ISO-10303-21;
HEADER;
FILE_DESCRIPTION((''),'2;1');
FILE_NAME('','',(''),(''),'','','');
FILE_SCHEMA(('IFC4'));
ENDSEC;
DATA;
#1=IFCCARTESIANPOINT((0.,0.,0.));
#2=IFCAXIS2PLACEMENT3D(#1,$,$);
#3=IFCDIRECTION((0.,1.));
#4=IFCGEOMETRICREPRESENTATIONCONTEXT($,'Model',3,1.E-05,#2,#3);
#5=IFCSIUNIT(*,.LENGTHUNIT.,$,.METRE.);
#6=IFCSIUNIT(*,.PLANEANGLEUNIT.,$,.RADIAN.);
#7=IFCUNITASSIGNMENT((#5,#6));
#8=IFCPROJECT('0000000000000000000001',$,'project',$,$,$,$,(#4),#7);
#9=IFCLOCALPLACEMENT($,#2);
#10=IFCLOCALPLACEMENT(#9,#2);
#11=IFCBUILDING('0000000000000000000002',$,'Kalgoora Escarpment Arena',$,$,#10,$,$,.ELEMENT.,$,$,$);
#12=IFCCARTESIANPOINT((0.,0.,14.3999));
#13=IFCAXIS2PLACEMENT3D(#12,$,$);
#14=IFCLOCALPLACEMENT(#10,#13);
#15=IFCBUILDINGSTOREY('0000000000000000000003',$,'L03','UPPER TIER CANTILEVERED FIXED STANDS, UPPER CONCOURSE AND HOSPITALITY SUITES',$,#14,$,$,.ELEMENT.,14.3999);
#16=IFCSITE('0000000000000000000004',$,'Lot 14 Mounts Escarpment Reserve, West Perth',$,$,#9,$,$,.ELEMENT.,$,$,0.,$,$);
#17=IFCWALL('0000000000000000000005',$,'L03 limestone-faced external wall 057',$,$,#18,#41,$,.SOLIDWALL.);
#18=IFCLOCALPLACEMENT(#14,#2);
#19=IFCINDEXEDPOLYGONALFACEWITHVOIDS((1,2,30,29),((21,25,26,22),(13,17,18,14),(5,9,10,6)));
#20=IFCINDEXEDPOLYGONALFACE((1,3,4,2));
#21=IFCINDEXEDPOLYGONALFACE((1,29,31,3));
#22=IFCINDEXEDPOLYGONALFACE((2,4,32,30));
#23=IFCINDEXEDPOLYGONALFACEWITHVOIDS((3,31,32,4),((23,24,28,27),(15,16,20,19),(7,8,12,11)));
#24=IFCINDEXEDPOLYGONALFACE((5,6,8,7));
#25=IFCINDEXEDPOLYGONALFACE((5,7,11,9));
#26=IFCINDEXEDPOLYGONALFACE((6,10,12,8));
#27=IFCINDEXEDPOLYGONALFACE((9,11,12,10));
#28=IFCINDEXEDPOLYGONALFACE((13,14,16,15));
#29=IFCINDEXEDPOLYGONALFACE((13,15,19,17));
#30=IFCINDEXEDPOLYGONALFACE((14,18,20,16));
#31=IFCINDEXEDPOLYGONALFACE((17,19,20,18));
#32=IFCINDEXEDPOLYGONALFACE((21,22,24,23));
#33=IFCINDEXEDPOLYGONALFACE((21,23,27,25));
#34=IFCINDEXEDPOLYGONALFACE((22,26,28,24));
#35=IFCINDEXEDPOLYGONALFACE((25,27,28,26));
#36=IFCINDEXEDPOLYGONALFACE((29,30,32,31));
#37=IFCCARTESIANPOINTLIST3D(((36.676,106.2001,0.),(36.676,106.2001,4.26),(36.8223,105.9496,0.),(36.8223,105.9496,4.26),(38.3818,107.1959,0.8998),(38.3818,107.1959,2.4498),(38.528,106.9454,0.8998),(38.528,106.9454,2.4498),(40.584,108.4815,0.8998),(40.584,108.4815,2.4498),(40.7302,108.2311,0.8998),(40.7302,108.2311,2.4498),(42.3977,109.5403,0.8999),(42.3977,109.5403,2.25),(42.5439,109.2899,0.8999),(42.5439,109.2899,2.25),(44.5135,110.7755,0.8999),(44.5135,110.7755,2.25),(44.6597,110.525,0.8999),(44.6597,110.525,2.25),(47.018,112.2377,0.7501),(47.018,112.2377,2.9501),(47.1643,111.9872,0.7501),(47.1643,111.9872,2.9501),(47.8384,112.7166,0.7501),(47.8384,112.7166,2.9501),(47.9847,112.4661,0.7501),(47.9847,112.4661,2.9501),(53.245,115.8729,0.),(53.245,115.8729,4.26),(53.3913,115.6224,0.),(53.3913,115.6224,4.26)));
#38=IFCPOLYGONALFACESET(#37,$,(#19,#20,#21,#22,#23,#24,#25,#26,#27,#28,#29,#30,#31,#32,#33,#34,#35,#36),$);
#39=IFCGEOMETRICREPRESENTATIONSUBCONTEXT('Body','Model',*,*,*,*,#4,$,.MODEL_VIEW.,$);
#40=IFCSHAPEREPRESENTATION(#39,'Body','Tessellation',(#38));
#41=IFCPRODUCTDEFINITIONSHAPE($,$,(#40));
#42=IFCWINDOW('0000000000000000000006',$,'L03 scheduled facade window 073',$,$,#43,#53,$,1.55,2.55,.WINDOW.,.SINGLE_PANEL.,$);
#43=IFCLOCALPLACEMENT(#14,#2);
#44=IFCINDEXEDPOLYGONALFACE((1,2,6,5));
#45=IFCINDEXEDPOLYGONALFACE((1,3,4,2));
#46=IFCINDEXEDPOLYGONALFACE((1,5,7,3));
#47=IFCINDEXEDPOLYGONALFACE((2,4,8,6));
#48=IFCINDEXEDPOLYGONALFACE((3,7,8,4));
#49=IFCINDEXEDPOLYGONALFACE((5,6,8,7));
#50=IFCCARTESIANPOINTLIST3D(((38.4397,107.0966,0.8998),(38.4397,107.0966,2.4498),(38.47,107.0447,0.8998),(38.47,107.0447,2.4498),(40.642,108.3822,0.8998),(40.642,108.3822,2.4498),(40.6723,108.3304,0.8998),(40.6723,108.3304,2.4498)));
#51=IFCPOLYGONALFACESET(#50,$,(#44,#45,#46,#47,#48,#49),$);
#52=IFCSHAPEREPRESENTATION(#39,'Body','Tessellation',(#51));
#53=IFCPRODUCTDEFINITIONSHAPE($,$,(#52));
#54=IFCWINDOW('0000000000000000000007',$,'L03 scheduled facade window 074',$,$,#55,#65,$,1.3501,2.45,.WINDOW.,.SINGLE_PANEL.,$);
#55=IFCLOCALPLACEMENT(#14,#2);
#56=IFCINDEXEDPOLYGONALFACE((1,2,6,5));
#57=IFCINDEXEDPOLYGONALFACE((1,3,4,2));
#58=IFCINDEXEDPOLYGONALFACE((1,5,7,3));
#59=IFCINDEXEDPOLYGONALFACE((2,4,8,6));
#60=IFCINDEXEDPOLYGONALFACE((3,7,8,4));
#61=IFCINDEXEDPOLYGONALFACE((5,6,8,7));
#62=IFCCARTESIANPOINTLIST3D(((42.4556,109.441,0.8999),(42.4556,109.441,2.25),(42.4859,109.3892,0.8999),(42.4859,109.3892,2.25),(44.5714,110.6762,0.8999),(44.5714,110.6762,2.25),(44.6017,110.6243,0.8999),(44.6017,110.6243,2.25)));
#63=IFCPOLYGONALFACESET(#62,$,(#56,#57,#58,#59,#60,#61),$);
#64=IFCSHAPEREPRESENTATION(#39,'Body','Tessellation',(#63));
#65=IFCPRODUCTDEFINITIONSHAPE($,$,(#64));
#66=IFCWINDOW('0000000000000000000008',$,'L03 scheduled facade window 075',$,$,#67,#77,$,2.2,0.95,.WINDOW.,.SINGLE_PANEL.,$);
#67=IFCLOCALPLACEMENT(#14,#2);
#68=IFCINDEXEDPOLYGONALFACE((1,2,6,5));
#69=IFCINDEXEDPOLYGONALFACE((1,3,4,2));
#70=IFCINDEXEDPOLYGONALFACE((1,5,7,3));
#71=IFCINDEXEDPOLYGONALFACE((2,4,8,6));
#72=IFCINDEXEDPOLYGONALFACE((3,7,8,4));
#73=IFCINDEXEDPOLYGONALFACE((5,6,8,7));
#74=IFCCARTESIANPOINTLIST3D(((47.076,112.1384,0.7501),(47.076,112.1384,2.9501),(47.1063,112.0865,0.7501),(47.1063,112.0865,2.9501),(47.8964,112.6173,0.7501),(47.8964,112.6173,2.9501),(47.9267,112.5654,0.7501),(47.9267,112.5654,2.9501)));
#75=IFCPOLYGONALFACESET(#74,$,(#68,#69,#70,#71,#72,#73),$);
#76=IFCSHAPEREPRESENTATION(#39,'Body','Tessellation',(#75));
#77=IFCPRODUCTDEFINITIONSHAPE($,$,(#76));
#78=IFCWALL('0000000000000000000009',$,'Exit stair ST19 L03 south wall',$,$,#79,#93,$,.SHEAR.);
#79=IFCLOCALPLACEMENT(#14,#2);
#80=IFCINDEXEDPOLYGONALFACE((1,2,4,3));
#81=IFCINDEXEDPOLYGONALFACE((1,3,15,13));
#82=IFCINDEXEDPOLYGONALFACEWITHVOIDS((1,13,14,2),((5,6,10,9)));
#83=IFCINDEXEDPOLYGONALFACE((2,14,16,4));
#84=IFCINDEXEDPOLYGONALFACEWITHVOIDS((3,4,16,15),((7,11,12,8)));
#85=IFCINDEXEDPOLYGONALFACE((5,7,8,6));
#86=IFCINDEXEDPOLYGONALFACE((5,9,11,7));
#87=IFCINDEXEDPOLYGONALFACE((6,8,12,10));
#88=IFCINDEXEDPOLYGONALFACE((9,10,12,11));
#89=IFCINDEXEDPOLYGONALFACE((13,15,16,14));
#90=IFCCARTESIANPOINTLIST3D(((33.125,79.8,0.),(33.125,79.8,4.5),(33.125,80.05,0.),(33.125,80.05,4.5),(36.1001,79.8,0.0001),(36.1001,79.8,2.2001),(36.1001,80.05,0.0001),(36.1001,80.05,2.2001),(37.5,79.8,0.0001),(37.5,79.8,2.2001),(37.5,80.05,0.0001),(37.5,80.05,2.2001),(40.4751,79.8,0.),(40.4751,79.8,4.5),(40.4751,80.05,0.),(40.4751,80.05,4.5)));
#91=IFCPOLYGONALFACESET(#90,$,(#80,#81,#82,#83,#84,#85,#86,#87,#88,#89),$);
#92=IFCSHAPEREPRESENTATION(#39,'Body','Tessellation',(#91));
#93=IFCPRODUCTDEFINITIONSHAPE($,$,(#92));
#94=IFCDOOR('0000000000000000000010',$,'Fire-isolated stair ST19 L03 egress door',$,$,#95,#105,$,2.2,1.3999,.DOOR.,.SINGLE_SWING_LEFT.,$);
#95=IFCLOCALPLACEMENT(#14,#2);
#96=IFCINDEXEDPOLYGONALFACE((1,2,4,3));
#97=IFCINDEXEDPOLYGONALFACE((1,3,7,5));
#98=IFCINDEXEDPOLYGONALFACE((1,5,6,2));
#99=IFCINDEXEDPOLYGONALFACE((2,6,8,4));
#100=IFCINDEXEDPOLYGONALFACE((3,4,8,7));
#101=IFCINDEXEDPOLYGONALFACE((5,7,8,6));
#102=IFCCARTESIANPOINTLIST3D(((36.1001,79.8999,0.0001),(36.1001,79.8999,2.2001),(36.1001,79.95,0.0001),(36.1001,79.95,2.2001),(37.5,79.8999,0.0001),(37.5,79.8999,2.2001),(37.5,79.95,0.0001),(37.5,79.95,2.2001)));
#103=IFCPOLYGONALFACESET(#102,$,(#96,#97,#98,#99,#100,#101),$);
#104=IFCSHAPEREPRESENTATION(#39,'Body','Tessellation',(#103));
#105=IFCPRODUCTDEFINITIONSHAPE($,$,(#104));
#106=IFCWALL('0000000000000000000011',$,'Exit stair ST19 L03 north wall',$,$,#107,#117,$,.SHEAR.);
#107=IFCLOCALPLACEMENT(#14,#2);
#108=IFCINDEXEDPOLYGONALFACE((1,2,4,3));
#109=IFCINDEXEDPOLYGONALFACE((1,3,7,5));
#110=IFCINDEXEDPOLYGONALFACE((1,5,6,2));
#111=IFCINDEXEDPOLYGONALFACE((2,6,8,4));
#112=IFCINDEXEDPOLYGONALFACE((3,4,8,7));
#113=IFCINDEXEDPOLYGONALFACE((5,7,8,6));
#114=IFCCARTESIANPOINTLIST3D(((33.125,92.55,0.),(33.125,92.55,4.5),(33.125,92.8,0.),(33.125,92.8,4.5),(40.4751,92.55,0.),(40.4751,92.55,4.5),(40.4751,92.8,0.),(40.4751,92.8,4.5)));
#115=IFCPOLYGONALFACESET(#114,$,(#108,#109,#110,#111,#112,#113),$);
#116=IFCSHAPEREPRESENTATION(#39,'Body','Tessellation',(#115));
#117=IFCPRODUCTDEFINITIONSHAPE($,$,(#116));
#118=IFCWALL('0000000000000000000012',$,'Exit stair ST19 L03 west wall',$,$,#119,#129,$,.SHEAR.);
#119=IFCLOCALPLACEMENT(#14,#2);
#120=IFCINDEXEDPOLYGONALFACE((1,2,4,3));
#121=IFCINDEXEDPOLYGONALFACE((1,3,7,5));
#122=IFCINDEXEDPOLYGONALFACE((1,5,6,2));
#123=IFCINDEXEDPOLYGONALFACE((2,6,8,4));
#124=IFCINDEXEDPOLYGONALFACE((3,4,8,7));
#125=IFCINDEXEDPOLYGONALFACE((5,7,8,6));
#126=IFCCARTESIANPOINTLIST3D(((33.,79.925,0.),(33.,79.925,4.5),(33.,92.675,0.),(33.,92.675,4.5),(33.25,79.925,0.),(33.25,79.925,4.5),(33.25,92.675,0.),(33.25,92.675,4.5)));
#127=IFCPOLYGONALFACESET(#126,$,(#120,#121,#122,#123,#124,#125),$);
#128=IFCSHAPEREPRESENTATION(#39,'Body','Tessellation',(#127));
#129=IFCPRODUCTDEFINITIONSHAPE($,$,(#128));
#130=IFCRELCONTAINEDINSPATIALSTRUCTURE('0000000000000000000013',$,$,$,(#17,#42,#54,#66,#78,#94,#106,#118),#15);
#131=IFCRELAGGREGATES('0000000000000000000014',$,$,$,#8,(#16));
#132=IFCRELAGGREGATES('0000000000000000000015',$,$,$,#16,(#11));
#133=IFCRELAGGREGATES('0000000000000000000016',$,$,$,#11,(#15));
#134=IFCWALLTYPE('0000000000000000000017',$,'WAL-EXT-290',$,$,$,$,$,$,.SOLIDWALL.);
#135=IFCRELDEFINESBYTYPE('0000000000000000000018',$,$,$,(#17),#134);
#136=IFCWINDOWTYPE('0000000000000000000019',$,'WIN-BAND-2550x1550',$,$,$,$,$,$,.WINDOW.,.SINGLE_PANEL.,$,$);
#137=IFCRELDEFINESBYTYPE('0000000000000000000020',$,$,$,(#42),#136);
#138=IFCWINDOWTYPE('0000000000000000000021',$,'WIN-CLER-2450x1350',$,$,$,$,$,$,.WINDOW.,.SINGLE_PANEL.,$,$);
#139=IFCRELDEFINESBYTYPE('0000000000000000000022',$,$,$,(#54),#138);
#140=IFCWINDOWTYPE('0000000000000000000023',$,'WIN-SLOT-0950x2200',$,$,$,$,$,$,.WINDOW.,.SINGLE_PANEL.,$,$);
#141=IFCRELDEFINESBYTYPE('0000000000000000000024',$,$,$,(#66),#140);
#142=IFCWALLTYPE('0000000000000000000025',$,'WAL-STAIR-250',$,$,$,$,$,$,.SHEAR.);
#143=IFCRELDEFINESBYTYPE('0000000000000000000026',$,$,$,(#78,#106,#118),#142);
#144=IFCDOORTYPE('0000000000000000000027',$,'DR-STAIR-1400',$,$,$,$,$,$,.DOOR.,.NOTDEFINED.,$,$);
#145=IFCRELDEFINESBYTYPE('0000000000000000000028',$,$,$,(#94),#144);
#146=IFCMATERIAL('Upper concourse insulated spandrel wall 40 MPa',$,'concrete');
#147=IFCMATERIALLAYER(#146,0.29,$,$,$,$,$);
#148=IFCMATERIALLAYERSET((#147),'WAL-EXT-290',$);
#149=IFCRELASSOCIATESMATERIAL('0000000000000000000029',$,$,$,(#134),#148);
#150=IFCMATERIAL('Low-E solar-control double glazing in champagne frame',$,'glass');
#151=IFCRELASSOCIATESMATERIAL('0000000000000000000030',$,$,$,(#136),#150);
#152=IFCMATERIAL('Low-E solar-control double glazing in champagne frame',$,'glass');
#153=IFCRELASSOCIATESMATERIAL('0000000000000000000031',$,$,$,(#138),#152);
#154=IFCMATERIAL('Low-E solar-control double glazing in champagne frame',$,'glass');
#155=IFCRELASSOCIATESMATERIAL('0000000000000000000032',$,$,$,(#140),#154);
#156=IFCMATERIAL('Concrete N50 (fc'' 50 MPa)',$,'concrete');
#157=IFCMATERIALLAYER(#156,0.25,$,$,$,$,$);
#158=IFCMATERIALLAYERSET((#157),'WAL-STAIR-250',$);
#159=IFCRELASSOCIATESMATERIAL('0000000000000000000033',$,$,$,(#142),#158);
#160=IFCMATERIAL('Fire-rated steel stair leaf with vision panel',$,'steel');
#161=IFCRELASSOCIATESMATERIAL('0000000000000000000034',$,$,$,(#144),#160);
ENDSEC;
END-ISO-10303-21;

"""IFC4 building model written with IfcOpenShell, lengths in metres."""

from ifc_helpers import new_model, si_unit, direction, frame, frame_2d, origin, place, context, subcontext, project, spatial, rectangle, extrude, material, layer, layer_set, type_object, element, fill, save


model = new_model("IFC4")

# Units and contexts
model_context = context("Model", 3, precision=1e-05, world=origin(), true_north=direction((0.0, 1.0)))
body_context = subcontext(model_context, "Body", "Model", "MODEL_VIEW")
ifc_project = project(units=[si_unit("LENGTHUNIT", "METRE"), si_unit("PLANEANGLEUNIT", "RADIAN")], contexts=[model_context])

# Site, building, storey
site_placement = place(None, origin())
site = spatial("IfcSite", under=ifc_project, at=site_placement, Name="Lot 14 Mounts Escarpment Reserve, West Perth", CompositionType="ELEMENT", RefElevation=0.0)
building_placement = place(site_placement, origin())
building = spatial("IfcBuilding", under=site, at=building_placement, Name="Kalgoora Escarpment Arena", CompositionType="ELEMENT")
storey_placement = place(building_placement, frame((0.0, 0.0, 14.3999)))
storey = spatial("IfcBuildingStorey", under=building, at=storey_placement, Name="L03", Description="UPPER TIER CANTILEVERED FIXED STANDS, UPPER CONCOURSE AND HOSPITALITY SUITES", CompositionType="ELEMENT", Elevation=14.3999)

# Wall, openings, windows
ifc_material_1 = material(Name="Upper concourse insulated spandrel wall 40 MPa", Category="concrete")
ifc_layer_1 = layer(ifc_material_1, 0.29)
ifc_layer_set_1 = layer_set([ifc_layer_1], Name="WAL-EXT-290")
wall_type_1 = type_object("IfcWallType", Name="WAL-EXT-290", PredefinedType="SOLIDWALL", material=ifc_layer_set_1)
wall_1_placement = place(storey_placement, frame((36.7493, 106.075, 0.0), z_axis=(0.0, 0.0, 1.0), x_axis=(0.863608, 0.504165, 0.0)))
wall_1 = element("IfcWall", 1, at=wall_1_placement, inside=storey, type_object=wall_type_1, Name="L03 limestone-faced external wall 057", PredefinedType="SOLIDWALL", context=body_context, shape_type="SweptSolid", body=[
    extrude(rectangle(XDim=19.1858, YDim=0.29, at=frame_2d((9.5928, 0.0))), origin(), (0.0, 0.0, 1.0), 4.26),
])
opening_1_placement = place(wall_1_placement, frame((1.9751, 0.0, 0.8999)))
opening_1 = element("IfcOpeningElement", 2, at=opening_1_placement, cuts=wall_1, PredefinedType="OPENING", context=body_context, shape_type="SweptSolid", body=[
    extrude(rectangle(XDim=2.55, YDim=1.55, at=frame_2d((1.2749, 0.7749))), frame((0.0, 0.155, 0.0), z_axis=(0.0, -1.0, 0.0), x_axis=(1.0, 0.0, 0.0)), (0.0, 0.0, 1.0), 0.3101),
])
opening_2_placement = place(wall_1_placement, frame((6.625, 0.0, 0.8999)))
opening_2 = element("IfcOpeningElement", 3, at=opening_2_placement, cuts=wall_1, PredefinedType="OPENING", context=body_context, shape_type="SweptSolid", body=[
    extrude(rectangle(XDim=2.45, YDim=1.3501, at=frame_2d((1.2251, 0.675))), frame((0.0, 0.155, 0.0), z_axis=(0.0, -1.0, 0.0), x_axis=(1.0, 0.0, 0.0)), (0.0, 0.0, 1.0), 0.3101),
])
opening_3_placement = place(wall_1_placement, frame((11.9751, 0.0, 0.75)))
opening_3 = element("IfcOpeningElement", 4, at=opening_3_placement, cuts=wall_1, PredefinedType="OPENING", context=body_context, shape_type="SweptSolid", body=[
    extrude(rectangle(XDim=0.95, YDim=2.2, at=frame_2d((0.4751, 1.1001))), frame((0.0, 0.155, 0.0), z_axis=(0.0, -1.0, 0.0), x_axis=(1.0, 0.0, 0.0)), (0.0, 0.0, 1.0), 0.3101),
])
ifc_material_2 = material(Name="Low-E solar-control double glazing in champagne frame", Category="glass")
window_type_1 = type_object("IfcWindowType", Name="WIN-BAND-2550x1550", PartitioningType="SINGLE_PANEL", PredefinedType="WINDOW", material=ifc_material_2)
window_1_placement = place(opening_1_placement, origin())
window_1 = element("IfcWindow", 5, at=window_1_placement, inside=storey, type_object=window_type_1, Name="L03 scheduled facade window 073", OverallHeight=1.55, OverallWidth=2.55, PartitioningType="SINGLE_PANEL", PredefinedType="WINDOW", context=body_context, shape_type="SweptSolid", body=[
    extrude(rectangle(XDim=2.55, YDim=1.55, at=frame_2d((1.2749, 0.7749))), frame((0.0, 0.03, 0.0), z_axis=(0.0, -1.0, 0.0), x_axis=(1.0, 0.0, 0.0)), (0.0, 0.0, 1.0), 0.0601),
])
fill(opening_1, window_1)
ifc_material_3 = material(Name="Low-E solar-control double glazing in champagne frame", Category="glass")
window_type_2 = type_object("IfcWindowType", Name="WIN-CLER-2450x1350", PartitioningType="SINGLE_PANEL", PredefinedType="WINDOW", material=ifc_material_3)
window_2_placement = place(opening_2_placement, origin())
window_2 = element("IfcWindow", 6, at=window_2_placement, inside=storey, type_object=window_type_2, Name="L03 scheduled facade window 074", OverallHeight=1.3501, OverallWidth=2.45, PartitioningType="SINGLE_PANEL", PredefinedType="WINDOW", context=body_context, shape_type="SweptSolid", body=[
    extrude(rectangle(XDim=2.45, YDim=1.3501, at=frame_2d((1.2251, 0.675))), frame((0.0, 0.03, 0.0), z_axis=(0.0, -1.0, 0.0), x_axis=(1.0, 0.0, 0.0)), (0.0, 0.0, 1.0), 0.0601),
])
fill(opening_2, window_2)
ifc_material_4 = material(Name="Low-E solar-control double glazing in champagne frame", Category="glass")
window_type_3 = type_object("IfcWindowType", Name="WIN-SLOT-0950x2200", PartitioningType="SINGLE_PANEL", PredefinedType="WINDOW", material=ifc_material_4)
window_3_placement = place(opening_3_placement, origin())
window_3 = element("IfcWindow", 7, at=window_3_placement, inside=storey, type_object=window_type_3, Name="L03 scheduled facade window 075", OverallHeight=2.2, OverallWidth=0.95, PartitioningType="SINGLE_PANEL", PredefinedType="WINDOW", context=body_context, shape_type="SweptSolid", body=[
    extrude(rectangle(XDim=0.95, YDim=2.2, at=frame_2d((0.4751, 1.1001))), frame((0.0, 0.03, 0.0), z_axis=(0.0, -1.0, 0.0), x_axis=(1.0, 0.0, 0.0)), (0.0, 0.0, 1.0), 0.0601),
])
fill(opening_3, window_3)

# Wall, opening, door
ifc_material_5 = material(Name="Concrete N50 (fc' 50 MPa)", Category="concrete")
ifc_layer_2 = layer(ifc_material_5, 0.25)
ifc_layer_set_2 = layer_set([ifc_layer_2], Name="WAL-STAIR-250")
wall_type_2 = type_object("IfcWallType", Name="WAL-STAIR-250", PredefinedType="SHEAR", material=ifc_layer_set_2)
wall_2_placement = place(storey_placement, frame((33.125, 79.925, 0.0), z_axis=(0.0, 0.0, 1.0), x_axis=(1.0, 0.0, 0.0)))
wall_2 = element("IfcWall", 8, at=wall_2_placement, inside=storey, type_object=wall_type_2, Name="Exit stair ST19 L03 south wall", PredefinedType="SHEAR", context=body_context, shape_type="SweptSolid", body=[
    extrude(rectangle(XDim=7.3501, YDim=0.25, at=frame_2d((3.675, 0.0))), origin(), (0.0, 0.0, 1.0), 4.5),
])
opening_4_placement = place(wall_2_placement, frame((2.9751, 0.0, 0.0)))
opening_4 = element("IfcOpeningElement", 9, at=opening_4_placement, cuts=wall_2, PredefinedType="OPENING", context=body_context, shape_type="SweptSolid", body=[
    extrude(rectangle(XDim=1.3999, YDim=2.2, at=frame_2d((0.7, 1.1001))), frame((0.0, 0.135, 0.0), z_axis=(0.0, -1.0, 0.0), x_axis=(1.0, 0.0, 0.0)), (0.0, 0.0, 1.0), 0.27),
])
ifc_material_6 = material(Name="Fire-rated steel stair leaf with vision panel", Category="steel")
door_type_1 = type_object("IfcDoorType", Name="DR-STAIR-1400", OperationType="NOTDEFINED", PredefinedType="DOOR", material=ifc_material_6)
door_1_placement = place(opening_4_placement, origin())
door_1 = element("IfcDoor", 10, at=door_1_placement, inside=storey, type_object=door_type_1, Name="Fire-isolated stair ST19 L03 egress door", OperationType="SINGLE_SWING_LEFT", OverallHeight=2.2, OverallWidth=1.3999, PredefinedType="DOOR", context=body_context, shape_type="SweptSolid", body=[
    extrude(rectangle(XDim=1.3999, YDim=2.2, at=frame_2d((0.7, 1.1001))), frame((0.0, 0.0249, 0.0), z_axis=(0.0, -1.0, 0.0), x_axis=(1.0, 0.0, 0.0)), (0.0, 0.0, 1.0), 0.05),
])
fill(opening_4, door_1)

# Walls
wall_3_placement = place(storey_placement, frame((33.125, 92.675, 0.0), z_axis=(0.0, 0.0, 1.0), x_axis=(1.0, 0.0, 0.0)))
element("IfcWall", 11, at=wall_3_placement, inside=storey, type_object=wall_type_2, Name="Exit stair ST19 L03 north wall", PredefinedType="SHEAR", context=body_context, shape_type="SweptSolid", body=[
    extrude(rectangle(XDim=7.3501, YDim=0.25, at=frame_2d((3.675, 0.0))), origin(), (0.0, 0.0, 1.0), 4.5),
])
wall_4_placement = place(storey_placement, frame((33.125, 79.925, 0.0), z_axis=(0.0, 0.0, 1.0), x_axis=(0.0, 1.0, 0.0)))
element("IfcWall", 12, at=wall_4_placement, inside=storey, type_object=wall_type_2, Name="Exit stair ST19 L03 west wall", PredefinedType="SHEAR", context=body_context, shape_type="SweptSolid", body=[
    extrude(rectangle(XDim=12.75, YDim=0.25, at=frame_2d((6.375, 0.0))), origin(), (0.0, 0.0, 1.0), 4.5),
])

save(model, "model.ifc")
